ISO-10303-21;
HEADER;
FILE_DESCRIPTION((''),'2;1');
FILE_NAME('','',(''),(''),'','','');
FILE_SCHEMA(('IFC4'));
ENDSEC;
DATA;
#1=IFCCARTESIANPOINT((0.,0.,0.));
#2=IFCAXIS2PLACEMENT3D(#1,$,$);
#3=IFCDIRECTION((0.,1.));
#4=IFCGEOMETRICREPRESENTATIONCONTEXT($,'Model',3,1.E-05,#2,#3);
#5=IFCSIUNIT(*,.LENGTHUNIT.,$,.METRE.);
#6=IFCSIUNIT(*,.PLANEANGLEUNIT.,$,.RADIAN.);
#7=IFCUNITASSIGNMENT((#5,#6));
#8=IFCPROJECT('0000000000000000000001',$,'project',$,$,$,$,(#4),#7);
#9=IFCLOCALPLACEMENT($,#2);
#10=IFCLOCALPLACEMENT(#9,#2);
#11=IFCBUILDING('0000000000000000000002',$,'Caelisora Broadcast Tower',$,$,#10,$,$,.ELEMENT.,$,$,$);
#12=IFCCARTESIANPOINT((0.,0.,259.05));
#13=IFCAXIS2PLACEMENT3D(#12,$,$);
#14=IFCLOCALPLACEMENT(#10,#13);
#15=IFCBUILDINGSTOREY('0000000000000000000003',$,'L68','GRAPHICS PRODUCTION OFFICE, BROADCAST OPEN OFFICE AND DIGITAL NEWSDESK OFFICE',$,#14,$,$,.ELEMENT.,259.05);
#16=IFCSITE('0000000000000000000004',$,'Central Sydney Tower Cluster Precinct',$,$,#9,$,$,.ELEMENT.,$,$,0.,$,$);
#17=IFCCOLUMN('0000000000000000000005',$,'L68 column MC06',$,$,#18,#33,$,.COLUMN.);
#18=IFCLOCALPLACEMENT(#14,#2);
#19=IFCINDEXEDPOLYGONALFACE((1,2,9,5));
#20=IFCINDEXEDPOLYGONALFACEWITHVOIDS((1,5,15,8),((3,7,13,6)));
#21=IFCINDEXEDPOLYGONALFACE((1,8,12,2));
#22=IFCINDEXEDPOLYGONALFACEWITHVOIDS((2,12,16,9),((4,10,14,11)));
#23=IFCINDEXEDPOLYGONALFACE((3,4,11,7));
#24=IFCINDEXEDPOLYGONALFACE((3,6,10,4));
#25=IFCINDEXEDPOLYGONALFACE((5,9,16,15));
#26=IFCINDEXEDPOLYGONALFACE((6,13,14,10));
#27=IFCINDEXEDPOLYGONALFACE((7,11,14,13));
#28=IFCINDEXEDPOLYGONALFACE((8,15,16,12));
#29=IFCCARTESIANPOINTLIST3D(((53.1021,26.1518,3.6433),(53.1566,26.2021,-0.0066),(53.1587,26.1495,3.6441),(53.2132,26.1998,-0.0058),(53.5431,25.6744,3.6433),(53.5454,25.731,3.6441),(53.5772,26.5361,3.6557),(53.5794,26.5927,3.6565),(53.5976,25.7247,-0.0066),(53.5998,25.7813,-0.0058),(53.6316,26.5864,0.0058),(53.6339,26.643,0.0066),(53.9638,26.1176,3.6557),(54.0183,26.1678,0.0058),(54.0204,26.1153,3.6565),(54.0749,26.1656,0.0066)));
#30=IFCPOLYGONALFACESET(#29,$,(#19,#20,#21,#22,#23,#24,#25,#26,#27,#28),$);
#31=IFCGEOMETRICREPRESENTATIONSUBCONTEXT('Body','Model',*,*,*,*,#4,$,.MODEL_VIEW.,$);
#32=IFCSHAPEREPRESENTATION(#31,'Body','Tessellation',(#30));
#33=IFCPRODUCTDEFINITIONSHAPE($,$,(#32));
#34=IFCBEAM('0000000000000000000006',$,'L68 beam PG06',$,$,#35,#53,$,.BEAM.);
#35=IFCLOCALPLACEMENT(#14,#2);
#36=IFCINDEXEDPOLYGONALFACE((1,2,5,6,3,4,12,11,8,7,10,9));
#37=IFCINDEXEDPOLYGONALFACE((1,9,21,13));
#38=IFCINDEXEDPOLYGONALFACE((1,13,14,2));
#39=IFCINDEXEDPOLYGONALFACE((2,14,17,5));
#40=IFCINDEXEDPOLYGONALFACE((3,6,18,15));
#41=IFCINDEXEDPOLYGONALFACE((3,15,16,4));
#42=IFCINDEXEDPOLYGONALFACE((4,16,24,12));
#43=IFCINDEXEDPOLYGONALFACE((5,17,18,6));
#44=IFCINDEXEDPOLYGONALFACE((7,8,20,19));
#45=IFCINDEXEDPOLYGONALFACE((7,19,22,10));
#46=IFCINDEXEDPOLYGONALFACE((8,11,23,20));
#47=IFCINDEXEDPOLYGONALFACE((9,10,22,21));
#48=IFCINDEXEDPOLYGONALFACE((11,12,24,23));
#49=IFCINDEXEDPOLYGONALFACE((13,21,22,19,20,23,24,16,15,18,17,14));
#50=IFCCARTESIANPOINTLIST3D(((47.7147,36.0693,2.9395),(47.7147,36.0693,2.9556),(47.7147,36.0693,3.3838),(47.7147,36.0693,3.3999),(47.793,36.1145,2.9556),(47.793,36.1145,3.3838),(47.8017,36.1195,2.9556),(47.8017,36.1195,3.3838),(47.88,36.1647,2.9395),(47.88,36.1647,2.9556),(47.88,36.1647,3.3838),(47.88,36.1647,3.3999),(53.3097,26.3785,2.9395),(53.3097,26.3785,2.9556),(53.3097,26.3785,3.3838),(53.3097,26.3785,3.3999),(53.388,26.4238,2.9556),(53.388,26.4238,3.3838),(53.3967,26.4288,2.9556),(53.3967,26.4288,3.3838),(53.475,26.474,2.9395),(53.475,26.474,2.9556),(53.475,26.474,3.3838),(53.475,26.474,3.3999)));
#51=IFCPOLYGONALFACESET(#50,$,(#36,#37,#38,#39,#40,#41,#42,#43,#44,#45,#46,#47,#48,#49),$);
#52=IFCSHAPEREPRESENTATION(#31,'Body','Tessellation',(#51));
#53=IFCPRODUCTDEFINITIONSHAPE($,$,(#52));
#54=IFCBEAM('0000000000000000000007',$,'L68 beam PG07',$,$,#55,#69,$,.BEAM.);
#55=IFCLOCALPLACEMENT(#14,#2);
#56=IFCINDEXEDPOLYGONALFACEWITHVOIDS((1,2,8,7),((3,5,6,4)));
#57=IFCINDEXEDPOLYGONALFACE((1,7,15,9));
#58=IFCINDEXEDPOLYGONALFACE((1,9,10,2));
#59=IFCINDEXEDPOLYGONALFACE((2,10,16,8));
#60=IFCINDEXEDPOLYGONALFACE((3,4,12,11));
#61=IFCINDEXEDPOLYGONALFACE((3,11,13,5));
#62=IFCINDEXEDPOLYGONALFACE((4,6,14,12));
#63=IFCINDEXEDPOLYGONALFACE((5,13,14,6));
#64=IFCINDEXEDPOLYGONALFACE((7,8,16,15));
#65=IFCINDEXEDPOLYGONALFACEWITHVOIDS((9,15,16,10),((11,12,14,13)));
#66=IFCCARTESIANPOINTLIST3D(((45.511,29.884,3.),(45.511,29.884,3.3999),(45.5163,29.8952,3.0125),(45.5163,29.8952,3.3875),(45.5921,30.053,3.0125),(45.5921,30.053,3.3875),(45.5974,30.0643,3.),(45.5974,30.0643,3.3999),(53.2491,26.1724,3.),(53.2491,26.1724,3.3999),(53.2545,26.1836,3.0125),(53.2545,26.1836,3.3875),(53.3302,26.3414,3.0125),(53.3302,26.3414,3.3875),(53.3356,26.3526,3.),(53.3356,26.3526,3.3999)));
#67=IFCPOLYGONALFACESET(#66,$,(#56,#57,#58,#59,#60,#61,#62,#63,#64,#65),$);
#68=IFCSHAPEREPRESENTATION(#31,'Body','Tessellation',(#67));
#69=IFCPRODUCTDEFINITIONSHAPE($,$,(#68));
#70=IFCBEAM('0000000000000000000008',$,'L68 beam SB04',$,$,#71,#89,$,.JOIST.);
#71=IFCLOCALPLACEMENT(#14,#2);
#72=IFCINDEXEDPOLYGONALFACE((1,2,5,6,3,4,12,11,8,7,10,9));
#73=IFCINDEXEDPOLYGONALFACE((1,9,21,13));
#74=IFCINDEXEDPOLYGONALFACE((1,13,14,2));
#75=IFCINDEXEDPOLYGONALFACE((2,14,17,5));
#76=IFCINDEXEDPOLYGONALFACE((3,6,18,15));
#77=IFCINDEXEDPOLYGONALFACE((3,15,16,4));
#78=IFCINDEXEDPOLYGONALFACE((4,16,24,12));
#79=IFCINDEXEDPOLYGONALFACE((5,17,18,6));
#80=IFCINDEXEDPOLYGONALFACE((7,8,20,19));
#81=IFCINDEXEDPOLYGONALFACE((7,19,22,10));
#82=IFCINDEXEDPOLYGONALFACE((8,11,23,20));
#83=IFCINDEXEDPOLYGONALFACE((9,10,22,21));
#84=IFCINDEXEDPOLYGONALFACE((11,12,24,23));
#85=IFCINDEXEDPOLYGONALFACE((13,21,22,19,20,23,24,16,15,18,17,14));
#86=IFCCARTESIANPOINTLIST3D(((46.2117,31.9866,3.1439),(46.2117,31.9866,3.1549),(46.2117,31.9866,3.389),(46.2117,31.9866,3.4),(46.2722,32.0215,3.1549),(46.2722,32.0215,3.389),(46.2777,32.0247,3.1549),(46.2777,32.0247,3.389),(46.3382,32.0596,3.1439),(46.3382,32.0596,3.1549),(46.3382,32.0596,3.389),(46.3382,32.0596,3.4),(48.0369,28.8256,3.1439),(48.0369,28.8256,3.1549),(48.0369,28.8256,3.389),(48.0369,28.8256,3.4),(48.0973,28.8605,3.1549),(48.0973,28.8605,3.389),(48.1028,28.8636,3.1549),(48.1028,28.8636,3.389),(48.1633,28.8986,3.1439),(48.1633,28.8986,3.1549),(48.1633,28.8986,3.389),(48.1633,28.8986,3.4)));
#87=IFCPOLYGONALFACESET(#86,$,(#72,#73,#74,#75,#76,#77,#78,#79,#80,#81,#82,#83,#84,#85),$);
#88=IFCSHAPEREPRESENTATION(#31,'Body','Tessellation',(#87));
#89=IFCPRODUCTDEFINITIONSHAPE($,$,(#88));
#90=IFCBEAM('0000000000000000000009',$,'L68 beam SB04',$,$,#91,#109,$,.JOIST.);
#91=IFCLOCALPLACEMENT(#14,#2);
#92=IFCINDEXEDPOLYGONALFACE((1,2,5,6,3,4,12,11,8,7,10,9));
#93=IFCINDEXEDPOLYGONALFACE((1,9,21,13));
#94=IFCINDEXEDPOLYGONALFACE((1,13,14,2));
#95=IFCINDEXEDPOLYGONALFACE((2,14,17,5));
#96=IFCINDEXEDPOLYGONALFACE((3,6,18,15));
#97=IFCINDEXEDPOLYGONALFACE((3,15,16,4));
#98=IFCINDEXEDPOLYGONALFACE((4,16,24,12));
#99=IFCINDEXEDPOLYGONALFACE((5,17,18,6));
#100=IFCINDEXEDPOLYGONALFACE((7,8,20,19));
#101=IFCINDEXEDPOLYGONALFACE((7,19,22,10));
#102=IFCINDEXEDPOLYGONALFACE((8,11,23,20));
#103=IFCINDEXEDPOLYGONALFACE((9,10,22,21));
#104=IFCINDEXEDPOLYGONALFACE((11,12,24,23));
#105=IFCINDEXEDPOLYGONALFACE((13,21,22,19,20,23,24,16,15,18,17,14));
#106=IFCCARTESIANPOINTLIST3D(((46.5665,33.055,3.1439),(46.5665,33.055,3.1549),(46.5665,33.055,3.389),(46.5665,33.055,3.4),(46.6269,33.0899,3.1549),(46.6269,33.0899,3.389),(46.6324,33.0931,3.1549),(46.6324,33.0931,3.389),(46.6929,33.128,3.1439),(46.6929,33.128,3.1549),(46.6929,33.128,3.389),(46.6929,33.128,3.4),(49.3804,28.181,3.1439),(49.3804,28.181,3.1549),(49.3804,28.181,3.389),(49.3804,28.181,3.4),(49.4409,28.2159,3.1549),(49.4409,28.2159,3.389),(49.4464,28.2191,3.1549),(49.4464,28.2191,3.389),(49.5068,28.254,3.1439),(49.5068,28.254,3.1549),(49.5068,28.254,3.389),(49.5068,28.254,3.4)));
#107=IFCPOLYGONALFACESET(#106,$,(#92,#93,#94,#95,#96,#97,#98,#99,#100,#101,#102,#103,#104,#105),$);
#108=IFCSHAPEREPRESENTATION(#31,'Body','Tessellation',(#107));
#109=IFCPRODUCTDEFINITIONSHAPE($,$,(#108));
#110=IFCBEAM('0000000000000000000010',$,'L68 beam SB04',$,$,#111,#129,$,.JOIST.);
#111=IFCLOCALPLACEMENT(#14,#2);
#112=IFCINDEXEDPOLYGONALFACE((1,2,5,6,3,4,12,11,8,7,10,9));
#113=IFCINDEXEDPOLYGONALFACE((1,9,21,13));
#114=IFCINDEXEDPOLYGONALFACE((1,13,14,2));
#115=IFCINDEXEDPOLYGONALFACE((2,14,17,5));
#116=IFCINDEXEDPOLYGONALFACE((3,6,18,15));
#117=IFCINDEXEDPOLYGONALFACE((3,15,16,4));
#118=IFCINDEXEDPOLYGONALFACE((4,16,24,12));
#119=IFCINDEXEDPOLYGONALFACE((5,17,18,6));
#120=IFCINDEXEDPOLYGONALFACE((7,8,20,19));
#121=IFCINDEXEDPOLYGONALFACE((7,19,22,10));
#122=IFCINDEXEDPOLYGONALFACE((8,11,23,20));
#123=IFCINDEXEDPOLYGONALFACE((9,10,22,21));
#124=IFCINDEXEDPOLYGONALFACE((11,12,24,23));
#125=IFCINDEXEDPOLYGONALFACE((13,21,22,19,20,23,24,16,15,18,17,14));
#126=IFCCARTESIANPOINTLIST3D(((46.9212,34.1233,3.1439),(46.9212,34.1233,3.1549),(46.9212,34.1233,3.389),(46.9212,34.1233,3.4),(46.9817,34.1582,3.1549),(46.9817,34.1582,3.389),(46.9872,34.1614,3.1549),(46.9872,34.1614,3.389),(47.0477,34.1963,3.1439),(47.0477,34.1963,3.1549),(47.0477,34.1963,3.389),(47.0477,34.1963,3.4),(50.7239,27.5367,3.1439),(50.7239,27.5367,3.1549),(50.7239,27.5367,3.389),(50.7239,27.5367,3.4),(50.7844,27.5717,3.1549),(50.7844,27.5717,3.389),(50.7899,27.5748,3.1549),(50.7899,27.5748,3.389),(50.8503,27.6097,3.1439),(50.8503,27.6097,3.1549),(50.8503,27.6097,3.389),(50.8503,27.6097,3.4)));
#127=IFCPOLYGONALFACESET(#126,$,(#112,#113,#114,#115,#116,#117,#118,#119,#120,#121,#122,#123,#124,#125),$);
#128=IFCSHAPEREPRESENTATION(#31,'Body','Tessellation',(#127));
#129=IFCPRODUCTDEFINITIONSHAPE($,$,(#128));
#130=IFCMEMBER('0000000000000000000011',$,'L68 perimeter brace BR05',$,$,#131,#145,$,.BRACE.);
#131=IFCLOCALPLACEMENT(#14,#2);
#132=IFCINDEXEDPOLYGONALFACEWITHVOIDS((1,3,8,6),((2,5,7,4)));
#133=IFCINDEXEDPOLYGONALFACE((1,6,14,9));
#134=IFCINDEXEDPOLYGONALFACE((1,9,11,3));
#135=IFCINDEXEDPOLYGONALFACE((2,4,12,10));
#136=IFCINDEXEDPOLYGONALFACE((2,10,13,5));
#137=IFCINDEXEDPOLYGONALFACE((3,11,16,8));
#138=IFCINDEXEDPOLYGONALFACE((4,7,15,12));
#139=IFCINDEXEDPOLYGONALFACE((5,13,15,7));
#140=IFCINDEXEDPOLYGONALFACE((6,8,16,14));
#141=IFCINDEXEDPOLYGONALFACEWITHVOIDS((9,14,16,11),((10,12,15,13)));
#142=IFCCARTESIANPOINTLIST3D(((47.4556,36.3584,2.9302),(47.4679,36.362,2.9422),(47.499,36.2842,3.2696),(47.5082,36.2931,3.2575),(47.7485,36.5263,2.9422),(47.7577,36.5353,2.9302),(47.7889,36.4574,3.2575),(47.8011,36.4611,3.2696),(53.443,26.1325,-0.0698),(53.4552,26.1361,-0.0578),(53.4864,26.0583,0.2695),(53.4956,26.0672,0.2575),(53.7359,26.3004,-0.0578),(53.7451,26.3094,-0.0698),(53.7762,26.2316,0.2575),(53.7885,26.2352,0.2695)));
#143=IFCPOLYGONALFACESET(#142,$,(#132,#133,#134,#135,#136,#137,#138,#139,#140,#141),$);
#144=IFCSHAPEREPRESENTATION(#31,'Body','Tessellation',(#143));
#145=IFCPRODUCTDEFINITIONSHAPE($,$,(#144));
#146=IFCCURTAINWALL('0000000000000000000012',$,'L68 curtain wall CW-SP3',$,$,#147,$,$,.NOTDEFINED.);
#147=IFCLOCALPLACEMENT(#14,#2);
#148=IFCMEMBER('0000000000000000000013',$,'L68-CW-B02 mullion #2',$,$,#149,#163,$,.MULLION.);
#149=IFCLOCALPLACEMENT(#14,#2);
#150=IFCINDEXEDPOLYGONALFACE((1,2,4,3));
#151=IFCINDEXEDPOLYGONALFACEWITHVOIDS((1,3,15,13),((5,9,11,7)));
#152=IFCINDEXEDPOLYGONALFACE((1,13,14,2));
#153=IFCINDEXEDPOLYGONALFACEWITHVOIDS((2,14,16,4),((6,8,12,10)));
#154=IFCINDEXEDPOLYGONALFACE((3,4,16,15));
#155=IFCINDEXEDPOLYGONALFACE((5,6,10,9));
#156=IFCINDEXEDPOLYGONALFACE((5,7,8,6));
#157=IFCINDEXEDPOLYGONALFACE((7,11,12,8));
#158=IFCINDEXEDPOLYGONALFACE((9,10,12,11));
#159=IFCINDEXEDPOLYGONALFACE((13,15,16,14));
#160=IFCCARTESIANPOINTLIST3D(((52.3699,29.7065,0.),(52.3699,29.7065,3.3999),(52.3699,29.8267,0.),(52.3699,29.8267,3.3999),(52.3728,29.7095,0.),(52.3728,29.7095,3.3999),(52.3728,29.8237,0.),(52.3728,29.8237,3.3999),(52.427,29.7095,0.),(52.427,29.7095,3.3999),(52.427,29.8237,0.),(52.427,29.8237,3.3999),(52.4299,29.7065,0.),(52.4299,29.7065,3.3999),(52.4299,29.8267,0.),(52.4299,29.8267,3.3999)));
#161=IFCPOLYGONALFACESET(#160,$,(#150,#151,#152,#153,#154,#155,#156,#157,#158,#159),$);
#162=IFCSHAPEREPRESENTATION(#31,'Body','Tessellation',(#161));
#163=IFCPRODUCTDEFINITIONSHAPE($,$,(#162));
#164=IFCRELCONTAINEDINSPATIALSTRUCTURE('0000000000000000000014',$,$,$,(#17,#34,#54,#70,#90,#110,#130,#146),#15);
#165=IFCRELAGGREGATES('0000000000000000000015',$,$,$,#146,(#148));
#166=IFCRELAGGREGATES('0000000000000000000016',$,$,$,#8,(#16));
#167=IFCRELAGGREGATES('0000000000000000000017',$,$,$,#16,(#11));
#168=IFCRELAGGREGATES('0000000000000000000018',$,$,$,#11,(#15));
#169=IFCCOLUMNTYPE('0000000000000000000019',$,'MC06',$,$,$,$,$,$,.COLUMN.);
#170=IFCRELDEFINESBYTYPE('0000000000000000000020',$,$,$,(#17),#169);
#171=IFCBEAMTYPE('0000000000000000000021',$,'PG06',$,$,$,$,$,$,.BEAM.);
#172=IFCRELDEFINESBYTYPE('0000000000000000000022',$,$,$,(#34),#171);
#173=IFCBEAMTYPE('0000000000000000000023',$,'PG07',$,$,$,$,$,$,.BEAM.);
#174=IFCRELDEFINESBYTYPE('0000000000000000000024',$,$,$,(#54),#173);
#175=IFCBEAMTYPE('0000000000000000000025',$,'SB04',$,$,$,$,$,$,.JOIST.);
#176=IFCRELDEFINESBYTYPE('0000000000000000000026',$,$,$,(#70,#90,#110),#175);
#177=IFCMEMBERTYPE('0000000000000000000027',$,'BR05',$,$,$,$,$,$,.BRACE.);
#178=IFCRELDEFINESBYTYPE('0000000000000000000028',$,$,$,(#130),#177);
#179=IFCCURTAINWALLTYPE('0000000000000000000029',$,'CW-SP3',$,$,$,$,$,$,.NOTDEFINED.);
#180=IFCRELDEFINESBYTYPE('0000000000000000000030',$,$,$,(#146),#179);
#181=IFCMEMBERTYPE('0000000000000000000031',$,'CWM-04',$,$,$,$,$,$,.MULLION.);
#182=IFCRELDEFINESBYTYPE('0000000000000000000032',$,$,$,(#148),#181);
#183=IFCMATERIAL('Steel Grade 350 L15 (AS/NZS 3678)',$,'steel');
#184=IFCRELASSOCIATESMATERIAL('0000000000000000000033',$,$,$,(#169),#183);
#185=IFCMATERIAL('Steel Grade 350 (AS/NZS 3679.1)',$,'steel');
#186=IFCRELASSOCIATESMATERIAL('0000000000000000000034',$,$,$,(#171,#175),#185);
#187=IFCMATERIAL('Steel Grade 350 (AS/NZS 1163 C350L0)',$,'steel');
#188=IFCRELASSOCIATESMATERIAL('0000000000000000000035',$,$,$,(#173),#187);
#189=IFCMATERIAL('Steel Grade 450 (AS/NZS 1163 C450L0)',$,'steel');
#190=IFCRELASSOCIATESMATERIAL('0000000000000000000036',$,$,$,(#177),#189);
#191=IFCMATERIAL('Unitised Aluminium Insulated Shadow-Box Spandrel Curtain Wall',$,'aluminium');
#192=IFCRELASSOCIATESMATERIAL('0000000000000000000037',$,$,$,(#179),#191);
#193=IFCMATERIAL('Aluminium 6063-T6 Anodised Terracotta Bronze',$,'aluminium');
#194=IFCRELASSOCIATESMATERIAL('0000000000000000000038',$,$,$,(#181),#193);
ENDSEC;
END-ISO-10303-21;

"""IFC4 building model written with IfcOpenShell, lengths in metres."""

from ifc_helpers import new_model, si_unit, direction, frame, origin, origin_2d, place, context, subcontext, project, spatial, hollow_rectangle, i_section, extrude, source, transform, mapped, material, material_profile, profile_set, type_object, type_shapes, element, aggregate, save


model = new_model("IFC4")

# Units and contexts
model_context = context("Model", 3, precision=1e-05, world=origin(), true_north=direction((0.0, 1.0)))
body_context = subcontext(model_context, "Body", "Model", "MODEL_VIEW")
ifc_project = project(units=[si_unit("LENGTHUNIT", "METRE"), si_unit("PLANEANGLEUNIT", "RADIAN")], contexts=[model_context])

# Site, building, storey
site_placement = place(None, origin())
site = spatial("IfcSite", under=ifc_project, at=site_placement, Name="Central Sydney Tower Cluster Precinct", CompositionType="ELEMENT", RefElevation=0.0)
building_placement = place(site_placement, origin())
building = spatial("IfcBuilding", under=site, at=building_placement, Name="Caelisora Broadcast Tower", CompositionType="ELEMENT")
storey_placement = place(building_placement, frame((0.0, 0.0, 259.05)))
storey = spatial("IfcBuildingStorey", under=building, at=storey_placement, Name="L68", Description="GRAPHICS PRODUCTION OFFICE, BROADCAST OPEN OFFICE AND DIGITAL NEWSDESK OFFICE", CompositionType="ELEMENT", Elevation=259.05)

# Column
ifc_material_1 = material(Name="Steel Grade 350 L15 (AS/NZS 3678)", Category="steel")
ifc_material_profile_1 = material_profile(ifc_material_1, hollow_rectangle(XDim=0.6499, YDim=0.6499, WallThickness=0.04, at=origin_2d()), Name="Steel Grade 350 L15 (AS/NZS 3678)")
ifc_profile_set_1 = profile_set([ifc_material_profile_1], Name="Steel Grade 350 L15 (AS/NZS 3678)")
column_type = type_object("IfcColumnType", Name="MC06", PredefinedType="COLUMN", material=ifc_profile_set_1)
shared_shape_1 = source(origin(), body_context, "Body", "SweptSolid", [
    extrude(hollow_rectangle(XDim=0.6499, YDim=0.6499, WallThickness=0.04, at=origin_2d()), origin(), (0.0, 0.0, 1.0), 3.6506),
])
type_shapes(column_type, [shared_shape_1])
column_placement = place(storey_placement, frame((53.6157, 26.1838, 0.0), z_axis=(-0.014913, -0.013776, 0.999794), x_axis=(0.678554, -0.734551, 0.0)))
element("IfcColumn", 1, at=column_placement, inside=storey, type_object=column_type, Name="L68 column MC06", PredefinedType="COLUMN", context=body_context, shape_type="MappedRepresentation", body=[
    mapped(shared_shape_1, transform((0.0, 0.0, 0.0), scale=1.0)),
])

# Beams
ifc_material_2 = material(Name="Steel Grade 350 (AS/NZS 3679.1)", Category="steel")
ifc_material_profile_2 = material_profile(ifc_material_2, i_section(OverallWidth=0.1909, OverallDepth=0.4604, WebThickness=0.01, FlangeThickness=0.0161, at=origin_2d()), Name="Steel Grade 350 (AS/NZS 3679.1)")
ifc_profile_set_2 = profile_set([ifc_material_profile_2], Name="Steel Grade 350 (AS/NZS 3679.1)")
beam_type_1 = type_object("IfcBeamType", Name="PG06", PredefinedType="BEAM", material=ifc_profile_set_2)
shared_shape_2 = source(origin(), body_context, "Body", "SweptSolid", [
    extrude(i_section(OverallWidth=0.1909, OverallDepth=0.4604, WebThickness=0.01, FlangeThickness=0.0161, at=origin_2d()), origin(), (0.0, 0.0, 1.0), 11.1899),
])
type_shapes(beam_type_1, [shared_shape_2])
beam_1_placement = place(storey_placement, frame((53.3923, 26.4263, 3.1697), z_axis=(-0.500004, 0.866023, 0.0), x_axis=(-0.866023, -0.500004, 0.0)))
element("IfcBeam", 2, at=beam_1_placement, inside=storey, type_object=beam_type_1, Name="L68 beam PG06", PredefinedType="BEAM", context=body_context, shape_type="MappedRepresentation", body=[
    mapped(shared_shape_2, transform((0.0, 0.0, 0.0), scale=1.0)),
])
ifc_material_3 = material(Name="Steel Grade 350 (AS/NZS 1163 C350L0)", Category="steel")
ifc_material_profile_3 = material_profile(ifc_material_3, hollow_rectangle(XDim=0.2, YDim=0.3999, WallThickness=0.0125, at=origin_2d()), Name="Steel Grade 350 (AS/NZS 1163 C350L0)")
ifc_profile_set_3 = profile_set([ifc_material_profile_3], Name="Steel Grade 350 (AS/NZS 1163 C350L0)")
beam_type_2 = type_object("IfcBeamType", Name="PG07", PredefinedType="BEAM", material=ifc_profile_set_3)
shared_shape_3 = source(origin(), body_context, "Body", "SweptSolid", [
    extrude(hollow_rectangle(XDim=0.2, YDim=0.3999, WallThickness=0.0125, at=origin_2d()), origin(), (0.0, 0.0, 1.0), 8.5823),
])
type_shapes(beam_type_2, [shared_shape_3])
beam_2_placement = place(storey_placement, frame((45.5542, 29.9741, 3.2), z_axis=(0.901646, -0.432475, 0.0), x_axis=(0.432475, 0.901646, 0.0)))
element("IfcBeam", 3, at=beam_2_placement, inside=storey, type_object=beam_type_2, Name="L68 beam PG07", PredefinedType="BEAM", context=body_context, shape_type="MappedRepresentation", body=[
    mapped(shared_shape_3, transform((0.0, 0.0, 0.0), scale=1.0)),
])
ifc_material_profile_4 = material_profile(ifc_material_2, i_section(OverallWidth=0.146, OverallDepth=0.2561, WebThickness=0.0063, FlangeThickness=0.011, at=origin_2d()), Name="Steel Grade 350 (AS/NZS 3679.1)")
ifc_profile_set_4 = profile_set([ifc_material_profile_4], Name="Steel Grade 350 (AS/NZS 3679.1)")
beam_type_3 = type_object("IfcBeamType", Name="SB04", PredefinedType="JOIST", material=ifc_profile_set_4)
shared_shape_4 = source(origin(), body_context, "Body", "SweptSolid", [
    extrude(i_section(OverallWidth=0.146, OverallDepth=0.2561, WebThickness=0.0063, FlangeThickness=0.011, at=origin_2d()), origin(), (0.0, 0.0, 1.0), 3.6501),
])
beam_3_placement = place(storey_placement, frame((48.1001, 28.8621, 3.272), z_axis=(-0.500024, 0.866012, 0.0), x_axis=(-0.866012, -0.500024, 0.0)))
element("IfcBeam", 4, at=beam_3_placement, inside=storey, type_object=beam_type_3, Name="L68 beam SB04", PredefinedType="JOIST", context=body_context, shape_type="MappedRepresentation", body=[
    mapped(shared_shape_4, transform((0.0, 0.0, 0.0), scale=1.0)),
])
shared_shape_5 = source(origin(), body_context, "Body", "SweptSolid", [
    extrude(i_section(OverallWidth=0.146, OverallDepth=0.2561, WebThickness=0.0063, FlangeThickness=0.011, at=origin_2d()), origin(), (0.0, 0.0, 1.0), 5.6279),
])
beam_4_placement = place(storey_placement, frame((49.4436, 28.2175, 3.272), z_axis=(-0.499993, 0.86603, 0.0), x_axis=(-0.86603, -0.499993, 0.0)))
element("IfcBeam", 5, at=beam_4_placement, inside=storey, type_object=beam_type_3, Name="L68 beam SB04", PredefinedType="JOIST", context=body_context, shape_type="MappedRepresentation", body=[
    mapped(shared_shape_5, transform((0.0, 0.0, 0.0), scale=1.0)),
])
shared_shape_6 = source(origin(), body_context, "Body", "SweptSolid", [
    extrude(i_section(OverallWidth=0.146, OverallDepth=0.2561, WebThickness=0.0063, FlangeThickness=0.011, at=origin_2d()), origin(), (0.0, 0.0, 1.0), 7.6055),
])
type_shapes(beam_type_3, [shared_shape_4, shared_shape_5, shared_shape_6])
beam_5_placement = place(storey_placement, frame((50.7871, 27.5732, 3.272), z_axis=(-0.499992, 0.86603, 0.0), x_axis=(-0.86603, -0.499992, 0.0)))
element("IfcBeam", 6, at=beam_5_placement, inside=storey, type_object=beam_type_3, Name="L68 beam SB04", PredefinedType="JOIST", context=body_context, shape_type="MappedRepresentation", body=[
    mapped(shared_shape_6, transform((0.0, 0.0, 0.0), scale=1.0)),
])

# Member
ifc_material_4 = material(Name="Steel Grade 450 (AS/NZS 1163 C450L0)", Category="steel")
ifc_material_profile_5 = material_profile(ifc_material_4, hollow_rectangle(XDim=0.3501, YDim=0.3501, WallThickness=0.0125, at=origin_2d()), Name="Steel Grade 450 (AS/NZS 1163 C450L0)")
ifc_profile_set_5 = profile_set([ifc_material_profile_5], Name="Steel Grade 450 (AS/NZS 1163 C450L0)")
member_type_1 = type_object("IfcMemberType", Name="BR05", PredefinedType="BRACE", material=ifc_profile_set_5)
shared_shape_7 = source(origin(), body_context, "Body", "SweptSolid", [
    extrude(hollow_rectangle(XDim=0.3501, YDim=0.3501, WallThickness=0.0125, at=origin_2d()), origin(), (0.0, 0.0, 1.0), 12.2236),
])
type_shapes(member_type_1, [shared_shape_7])
member_1_placement = place(storey_placement, frame((53.6157, 26.1838, 0.0999), z_axis=(-0.489817, 0.836567, 0.245428), x_axis=(-0.862961, -0.505271, 0.0)))
element("IfcMember", 7, at=member_1_placement, inside=storey, type_object=member_type_1, Name="L68 perimeter brace BR05", PredefinedType="BRACE", context=body_context, shape_type="MappedRepresentation", body=[
    mapped(shared_shape_7, transform((0.0, 0.0, 0.0), scale=1.0)),
])

# Curtain wall, member
ifc_material_5 = material(Name="Unitised Aluminium Insulated Shadow-Box Spandrel Curtain Wall", Category="aluminium")
curtain_wall_type_1 = type_object("IfcCurtainWallType", Name="CW-SP3", PredefinedType="NOTDEFINED", material=ifc_material_5)
curtain_wall_1_placement = place(storey_placement, origin())
curtain_wall_1 = element("IfcCurtainWall", 8, at=curtain_wall_1_placement, inside=storey, type_object=curtain_wall_type_1, Name="L68 curtain wall CW-SP3", PredefinedType="NOTDEFINED")
ifc_material_6 = material(Name="Aluminium 6063-T6 Anodised Terracotta Bronze", Category="aluminium")
ifc_material_profile_6 = material_profile(ifc_material_6, hollow_rectangle(XDim=0.0601, YDim=0.1201, WallThickness=0.0029, at=origin_2d()), Name="Aluminium 6063-T6 Anodised Terracotta Bronze")
ifc_profile_set_6 = profile_set([ifc_material_profile_6], Name="Aluminium 6063-T6 Anodised Terracotta Bronze")
member_type_2 = type_object("IfcMemberType", Name="CWM-04", PredefinedType="MULLION", material=ifc_profile_set_6)
shared_shape_8 = source(origin(), body_context, "Body", "SweptSolid", [
    extrude(hollow_rectangle(XDim=0.0601, YDim=0.1201, WallThickness=0.0029, at=origin_2d()), origin(), (0.0, 0.0, 1.0), 3.3999),
])
type_shapes(member_type_2, [shared_shape_8])
member_2_placement = place(storey_placement, frame((52.3999, 29.7666, 0.0), z_axis=(0.0, 0.0, 1.0), x_axis=(1.0, 0.0, 0.0)))
member_2 = element("IfcMember", 9, at=member_2_placement, type_object=member_type_2, Name="L68-CW-B02 mullion #2", PredefinedType="MULLION", context=body_context, shape_type="MappedRepresentation", body=[
    mapped(shared_shape_8, transform((0.0, 0.0, 0.0), scale=1.0)),
])

aggregate(curtain_wall_1, [member_2])

save(model, "model.ifc")
